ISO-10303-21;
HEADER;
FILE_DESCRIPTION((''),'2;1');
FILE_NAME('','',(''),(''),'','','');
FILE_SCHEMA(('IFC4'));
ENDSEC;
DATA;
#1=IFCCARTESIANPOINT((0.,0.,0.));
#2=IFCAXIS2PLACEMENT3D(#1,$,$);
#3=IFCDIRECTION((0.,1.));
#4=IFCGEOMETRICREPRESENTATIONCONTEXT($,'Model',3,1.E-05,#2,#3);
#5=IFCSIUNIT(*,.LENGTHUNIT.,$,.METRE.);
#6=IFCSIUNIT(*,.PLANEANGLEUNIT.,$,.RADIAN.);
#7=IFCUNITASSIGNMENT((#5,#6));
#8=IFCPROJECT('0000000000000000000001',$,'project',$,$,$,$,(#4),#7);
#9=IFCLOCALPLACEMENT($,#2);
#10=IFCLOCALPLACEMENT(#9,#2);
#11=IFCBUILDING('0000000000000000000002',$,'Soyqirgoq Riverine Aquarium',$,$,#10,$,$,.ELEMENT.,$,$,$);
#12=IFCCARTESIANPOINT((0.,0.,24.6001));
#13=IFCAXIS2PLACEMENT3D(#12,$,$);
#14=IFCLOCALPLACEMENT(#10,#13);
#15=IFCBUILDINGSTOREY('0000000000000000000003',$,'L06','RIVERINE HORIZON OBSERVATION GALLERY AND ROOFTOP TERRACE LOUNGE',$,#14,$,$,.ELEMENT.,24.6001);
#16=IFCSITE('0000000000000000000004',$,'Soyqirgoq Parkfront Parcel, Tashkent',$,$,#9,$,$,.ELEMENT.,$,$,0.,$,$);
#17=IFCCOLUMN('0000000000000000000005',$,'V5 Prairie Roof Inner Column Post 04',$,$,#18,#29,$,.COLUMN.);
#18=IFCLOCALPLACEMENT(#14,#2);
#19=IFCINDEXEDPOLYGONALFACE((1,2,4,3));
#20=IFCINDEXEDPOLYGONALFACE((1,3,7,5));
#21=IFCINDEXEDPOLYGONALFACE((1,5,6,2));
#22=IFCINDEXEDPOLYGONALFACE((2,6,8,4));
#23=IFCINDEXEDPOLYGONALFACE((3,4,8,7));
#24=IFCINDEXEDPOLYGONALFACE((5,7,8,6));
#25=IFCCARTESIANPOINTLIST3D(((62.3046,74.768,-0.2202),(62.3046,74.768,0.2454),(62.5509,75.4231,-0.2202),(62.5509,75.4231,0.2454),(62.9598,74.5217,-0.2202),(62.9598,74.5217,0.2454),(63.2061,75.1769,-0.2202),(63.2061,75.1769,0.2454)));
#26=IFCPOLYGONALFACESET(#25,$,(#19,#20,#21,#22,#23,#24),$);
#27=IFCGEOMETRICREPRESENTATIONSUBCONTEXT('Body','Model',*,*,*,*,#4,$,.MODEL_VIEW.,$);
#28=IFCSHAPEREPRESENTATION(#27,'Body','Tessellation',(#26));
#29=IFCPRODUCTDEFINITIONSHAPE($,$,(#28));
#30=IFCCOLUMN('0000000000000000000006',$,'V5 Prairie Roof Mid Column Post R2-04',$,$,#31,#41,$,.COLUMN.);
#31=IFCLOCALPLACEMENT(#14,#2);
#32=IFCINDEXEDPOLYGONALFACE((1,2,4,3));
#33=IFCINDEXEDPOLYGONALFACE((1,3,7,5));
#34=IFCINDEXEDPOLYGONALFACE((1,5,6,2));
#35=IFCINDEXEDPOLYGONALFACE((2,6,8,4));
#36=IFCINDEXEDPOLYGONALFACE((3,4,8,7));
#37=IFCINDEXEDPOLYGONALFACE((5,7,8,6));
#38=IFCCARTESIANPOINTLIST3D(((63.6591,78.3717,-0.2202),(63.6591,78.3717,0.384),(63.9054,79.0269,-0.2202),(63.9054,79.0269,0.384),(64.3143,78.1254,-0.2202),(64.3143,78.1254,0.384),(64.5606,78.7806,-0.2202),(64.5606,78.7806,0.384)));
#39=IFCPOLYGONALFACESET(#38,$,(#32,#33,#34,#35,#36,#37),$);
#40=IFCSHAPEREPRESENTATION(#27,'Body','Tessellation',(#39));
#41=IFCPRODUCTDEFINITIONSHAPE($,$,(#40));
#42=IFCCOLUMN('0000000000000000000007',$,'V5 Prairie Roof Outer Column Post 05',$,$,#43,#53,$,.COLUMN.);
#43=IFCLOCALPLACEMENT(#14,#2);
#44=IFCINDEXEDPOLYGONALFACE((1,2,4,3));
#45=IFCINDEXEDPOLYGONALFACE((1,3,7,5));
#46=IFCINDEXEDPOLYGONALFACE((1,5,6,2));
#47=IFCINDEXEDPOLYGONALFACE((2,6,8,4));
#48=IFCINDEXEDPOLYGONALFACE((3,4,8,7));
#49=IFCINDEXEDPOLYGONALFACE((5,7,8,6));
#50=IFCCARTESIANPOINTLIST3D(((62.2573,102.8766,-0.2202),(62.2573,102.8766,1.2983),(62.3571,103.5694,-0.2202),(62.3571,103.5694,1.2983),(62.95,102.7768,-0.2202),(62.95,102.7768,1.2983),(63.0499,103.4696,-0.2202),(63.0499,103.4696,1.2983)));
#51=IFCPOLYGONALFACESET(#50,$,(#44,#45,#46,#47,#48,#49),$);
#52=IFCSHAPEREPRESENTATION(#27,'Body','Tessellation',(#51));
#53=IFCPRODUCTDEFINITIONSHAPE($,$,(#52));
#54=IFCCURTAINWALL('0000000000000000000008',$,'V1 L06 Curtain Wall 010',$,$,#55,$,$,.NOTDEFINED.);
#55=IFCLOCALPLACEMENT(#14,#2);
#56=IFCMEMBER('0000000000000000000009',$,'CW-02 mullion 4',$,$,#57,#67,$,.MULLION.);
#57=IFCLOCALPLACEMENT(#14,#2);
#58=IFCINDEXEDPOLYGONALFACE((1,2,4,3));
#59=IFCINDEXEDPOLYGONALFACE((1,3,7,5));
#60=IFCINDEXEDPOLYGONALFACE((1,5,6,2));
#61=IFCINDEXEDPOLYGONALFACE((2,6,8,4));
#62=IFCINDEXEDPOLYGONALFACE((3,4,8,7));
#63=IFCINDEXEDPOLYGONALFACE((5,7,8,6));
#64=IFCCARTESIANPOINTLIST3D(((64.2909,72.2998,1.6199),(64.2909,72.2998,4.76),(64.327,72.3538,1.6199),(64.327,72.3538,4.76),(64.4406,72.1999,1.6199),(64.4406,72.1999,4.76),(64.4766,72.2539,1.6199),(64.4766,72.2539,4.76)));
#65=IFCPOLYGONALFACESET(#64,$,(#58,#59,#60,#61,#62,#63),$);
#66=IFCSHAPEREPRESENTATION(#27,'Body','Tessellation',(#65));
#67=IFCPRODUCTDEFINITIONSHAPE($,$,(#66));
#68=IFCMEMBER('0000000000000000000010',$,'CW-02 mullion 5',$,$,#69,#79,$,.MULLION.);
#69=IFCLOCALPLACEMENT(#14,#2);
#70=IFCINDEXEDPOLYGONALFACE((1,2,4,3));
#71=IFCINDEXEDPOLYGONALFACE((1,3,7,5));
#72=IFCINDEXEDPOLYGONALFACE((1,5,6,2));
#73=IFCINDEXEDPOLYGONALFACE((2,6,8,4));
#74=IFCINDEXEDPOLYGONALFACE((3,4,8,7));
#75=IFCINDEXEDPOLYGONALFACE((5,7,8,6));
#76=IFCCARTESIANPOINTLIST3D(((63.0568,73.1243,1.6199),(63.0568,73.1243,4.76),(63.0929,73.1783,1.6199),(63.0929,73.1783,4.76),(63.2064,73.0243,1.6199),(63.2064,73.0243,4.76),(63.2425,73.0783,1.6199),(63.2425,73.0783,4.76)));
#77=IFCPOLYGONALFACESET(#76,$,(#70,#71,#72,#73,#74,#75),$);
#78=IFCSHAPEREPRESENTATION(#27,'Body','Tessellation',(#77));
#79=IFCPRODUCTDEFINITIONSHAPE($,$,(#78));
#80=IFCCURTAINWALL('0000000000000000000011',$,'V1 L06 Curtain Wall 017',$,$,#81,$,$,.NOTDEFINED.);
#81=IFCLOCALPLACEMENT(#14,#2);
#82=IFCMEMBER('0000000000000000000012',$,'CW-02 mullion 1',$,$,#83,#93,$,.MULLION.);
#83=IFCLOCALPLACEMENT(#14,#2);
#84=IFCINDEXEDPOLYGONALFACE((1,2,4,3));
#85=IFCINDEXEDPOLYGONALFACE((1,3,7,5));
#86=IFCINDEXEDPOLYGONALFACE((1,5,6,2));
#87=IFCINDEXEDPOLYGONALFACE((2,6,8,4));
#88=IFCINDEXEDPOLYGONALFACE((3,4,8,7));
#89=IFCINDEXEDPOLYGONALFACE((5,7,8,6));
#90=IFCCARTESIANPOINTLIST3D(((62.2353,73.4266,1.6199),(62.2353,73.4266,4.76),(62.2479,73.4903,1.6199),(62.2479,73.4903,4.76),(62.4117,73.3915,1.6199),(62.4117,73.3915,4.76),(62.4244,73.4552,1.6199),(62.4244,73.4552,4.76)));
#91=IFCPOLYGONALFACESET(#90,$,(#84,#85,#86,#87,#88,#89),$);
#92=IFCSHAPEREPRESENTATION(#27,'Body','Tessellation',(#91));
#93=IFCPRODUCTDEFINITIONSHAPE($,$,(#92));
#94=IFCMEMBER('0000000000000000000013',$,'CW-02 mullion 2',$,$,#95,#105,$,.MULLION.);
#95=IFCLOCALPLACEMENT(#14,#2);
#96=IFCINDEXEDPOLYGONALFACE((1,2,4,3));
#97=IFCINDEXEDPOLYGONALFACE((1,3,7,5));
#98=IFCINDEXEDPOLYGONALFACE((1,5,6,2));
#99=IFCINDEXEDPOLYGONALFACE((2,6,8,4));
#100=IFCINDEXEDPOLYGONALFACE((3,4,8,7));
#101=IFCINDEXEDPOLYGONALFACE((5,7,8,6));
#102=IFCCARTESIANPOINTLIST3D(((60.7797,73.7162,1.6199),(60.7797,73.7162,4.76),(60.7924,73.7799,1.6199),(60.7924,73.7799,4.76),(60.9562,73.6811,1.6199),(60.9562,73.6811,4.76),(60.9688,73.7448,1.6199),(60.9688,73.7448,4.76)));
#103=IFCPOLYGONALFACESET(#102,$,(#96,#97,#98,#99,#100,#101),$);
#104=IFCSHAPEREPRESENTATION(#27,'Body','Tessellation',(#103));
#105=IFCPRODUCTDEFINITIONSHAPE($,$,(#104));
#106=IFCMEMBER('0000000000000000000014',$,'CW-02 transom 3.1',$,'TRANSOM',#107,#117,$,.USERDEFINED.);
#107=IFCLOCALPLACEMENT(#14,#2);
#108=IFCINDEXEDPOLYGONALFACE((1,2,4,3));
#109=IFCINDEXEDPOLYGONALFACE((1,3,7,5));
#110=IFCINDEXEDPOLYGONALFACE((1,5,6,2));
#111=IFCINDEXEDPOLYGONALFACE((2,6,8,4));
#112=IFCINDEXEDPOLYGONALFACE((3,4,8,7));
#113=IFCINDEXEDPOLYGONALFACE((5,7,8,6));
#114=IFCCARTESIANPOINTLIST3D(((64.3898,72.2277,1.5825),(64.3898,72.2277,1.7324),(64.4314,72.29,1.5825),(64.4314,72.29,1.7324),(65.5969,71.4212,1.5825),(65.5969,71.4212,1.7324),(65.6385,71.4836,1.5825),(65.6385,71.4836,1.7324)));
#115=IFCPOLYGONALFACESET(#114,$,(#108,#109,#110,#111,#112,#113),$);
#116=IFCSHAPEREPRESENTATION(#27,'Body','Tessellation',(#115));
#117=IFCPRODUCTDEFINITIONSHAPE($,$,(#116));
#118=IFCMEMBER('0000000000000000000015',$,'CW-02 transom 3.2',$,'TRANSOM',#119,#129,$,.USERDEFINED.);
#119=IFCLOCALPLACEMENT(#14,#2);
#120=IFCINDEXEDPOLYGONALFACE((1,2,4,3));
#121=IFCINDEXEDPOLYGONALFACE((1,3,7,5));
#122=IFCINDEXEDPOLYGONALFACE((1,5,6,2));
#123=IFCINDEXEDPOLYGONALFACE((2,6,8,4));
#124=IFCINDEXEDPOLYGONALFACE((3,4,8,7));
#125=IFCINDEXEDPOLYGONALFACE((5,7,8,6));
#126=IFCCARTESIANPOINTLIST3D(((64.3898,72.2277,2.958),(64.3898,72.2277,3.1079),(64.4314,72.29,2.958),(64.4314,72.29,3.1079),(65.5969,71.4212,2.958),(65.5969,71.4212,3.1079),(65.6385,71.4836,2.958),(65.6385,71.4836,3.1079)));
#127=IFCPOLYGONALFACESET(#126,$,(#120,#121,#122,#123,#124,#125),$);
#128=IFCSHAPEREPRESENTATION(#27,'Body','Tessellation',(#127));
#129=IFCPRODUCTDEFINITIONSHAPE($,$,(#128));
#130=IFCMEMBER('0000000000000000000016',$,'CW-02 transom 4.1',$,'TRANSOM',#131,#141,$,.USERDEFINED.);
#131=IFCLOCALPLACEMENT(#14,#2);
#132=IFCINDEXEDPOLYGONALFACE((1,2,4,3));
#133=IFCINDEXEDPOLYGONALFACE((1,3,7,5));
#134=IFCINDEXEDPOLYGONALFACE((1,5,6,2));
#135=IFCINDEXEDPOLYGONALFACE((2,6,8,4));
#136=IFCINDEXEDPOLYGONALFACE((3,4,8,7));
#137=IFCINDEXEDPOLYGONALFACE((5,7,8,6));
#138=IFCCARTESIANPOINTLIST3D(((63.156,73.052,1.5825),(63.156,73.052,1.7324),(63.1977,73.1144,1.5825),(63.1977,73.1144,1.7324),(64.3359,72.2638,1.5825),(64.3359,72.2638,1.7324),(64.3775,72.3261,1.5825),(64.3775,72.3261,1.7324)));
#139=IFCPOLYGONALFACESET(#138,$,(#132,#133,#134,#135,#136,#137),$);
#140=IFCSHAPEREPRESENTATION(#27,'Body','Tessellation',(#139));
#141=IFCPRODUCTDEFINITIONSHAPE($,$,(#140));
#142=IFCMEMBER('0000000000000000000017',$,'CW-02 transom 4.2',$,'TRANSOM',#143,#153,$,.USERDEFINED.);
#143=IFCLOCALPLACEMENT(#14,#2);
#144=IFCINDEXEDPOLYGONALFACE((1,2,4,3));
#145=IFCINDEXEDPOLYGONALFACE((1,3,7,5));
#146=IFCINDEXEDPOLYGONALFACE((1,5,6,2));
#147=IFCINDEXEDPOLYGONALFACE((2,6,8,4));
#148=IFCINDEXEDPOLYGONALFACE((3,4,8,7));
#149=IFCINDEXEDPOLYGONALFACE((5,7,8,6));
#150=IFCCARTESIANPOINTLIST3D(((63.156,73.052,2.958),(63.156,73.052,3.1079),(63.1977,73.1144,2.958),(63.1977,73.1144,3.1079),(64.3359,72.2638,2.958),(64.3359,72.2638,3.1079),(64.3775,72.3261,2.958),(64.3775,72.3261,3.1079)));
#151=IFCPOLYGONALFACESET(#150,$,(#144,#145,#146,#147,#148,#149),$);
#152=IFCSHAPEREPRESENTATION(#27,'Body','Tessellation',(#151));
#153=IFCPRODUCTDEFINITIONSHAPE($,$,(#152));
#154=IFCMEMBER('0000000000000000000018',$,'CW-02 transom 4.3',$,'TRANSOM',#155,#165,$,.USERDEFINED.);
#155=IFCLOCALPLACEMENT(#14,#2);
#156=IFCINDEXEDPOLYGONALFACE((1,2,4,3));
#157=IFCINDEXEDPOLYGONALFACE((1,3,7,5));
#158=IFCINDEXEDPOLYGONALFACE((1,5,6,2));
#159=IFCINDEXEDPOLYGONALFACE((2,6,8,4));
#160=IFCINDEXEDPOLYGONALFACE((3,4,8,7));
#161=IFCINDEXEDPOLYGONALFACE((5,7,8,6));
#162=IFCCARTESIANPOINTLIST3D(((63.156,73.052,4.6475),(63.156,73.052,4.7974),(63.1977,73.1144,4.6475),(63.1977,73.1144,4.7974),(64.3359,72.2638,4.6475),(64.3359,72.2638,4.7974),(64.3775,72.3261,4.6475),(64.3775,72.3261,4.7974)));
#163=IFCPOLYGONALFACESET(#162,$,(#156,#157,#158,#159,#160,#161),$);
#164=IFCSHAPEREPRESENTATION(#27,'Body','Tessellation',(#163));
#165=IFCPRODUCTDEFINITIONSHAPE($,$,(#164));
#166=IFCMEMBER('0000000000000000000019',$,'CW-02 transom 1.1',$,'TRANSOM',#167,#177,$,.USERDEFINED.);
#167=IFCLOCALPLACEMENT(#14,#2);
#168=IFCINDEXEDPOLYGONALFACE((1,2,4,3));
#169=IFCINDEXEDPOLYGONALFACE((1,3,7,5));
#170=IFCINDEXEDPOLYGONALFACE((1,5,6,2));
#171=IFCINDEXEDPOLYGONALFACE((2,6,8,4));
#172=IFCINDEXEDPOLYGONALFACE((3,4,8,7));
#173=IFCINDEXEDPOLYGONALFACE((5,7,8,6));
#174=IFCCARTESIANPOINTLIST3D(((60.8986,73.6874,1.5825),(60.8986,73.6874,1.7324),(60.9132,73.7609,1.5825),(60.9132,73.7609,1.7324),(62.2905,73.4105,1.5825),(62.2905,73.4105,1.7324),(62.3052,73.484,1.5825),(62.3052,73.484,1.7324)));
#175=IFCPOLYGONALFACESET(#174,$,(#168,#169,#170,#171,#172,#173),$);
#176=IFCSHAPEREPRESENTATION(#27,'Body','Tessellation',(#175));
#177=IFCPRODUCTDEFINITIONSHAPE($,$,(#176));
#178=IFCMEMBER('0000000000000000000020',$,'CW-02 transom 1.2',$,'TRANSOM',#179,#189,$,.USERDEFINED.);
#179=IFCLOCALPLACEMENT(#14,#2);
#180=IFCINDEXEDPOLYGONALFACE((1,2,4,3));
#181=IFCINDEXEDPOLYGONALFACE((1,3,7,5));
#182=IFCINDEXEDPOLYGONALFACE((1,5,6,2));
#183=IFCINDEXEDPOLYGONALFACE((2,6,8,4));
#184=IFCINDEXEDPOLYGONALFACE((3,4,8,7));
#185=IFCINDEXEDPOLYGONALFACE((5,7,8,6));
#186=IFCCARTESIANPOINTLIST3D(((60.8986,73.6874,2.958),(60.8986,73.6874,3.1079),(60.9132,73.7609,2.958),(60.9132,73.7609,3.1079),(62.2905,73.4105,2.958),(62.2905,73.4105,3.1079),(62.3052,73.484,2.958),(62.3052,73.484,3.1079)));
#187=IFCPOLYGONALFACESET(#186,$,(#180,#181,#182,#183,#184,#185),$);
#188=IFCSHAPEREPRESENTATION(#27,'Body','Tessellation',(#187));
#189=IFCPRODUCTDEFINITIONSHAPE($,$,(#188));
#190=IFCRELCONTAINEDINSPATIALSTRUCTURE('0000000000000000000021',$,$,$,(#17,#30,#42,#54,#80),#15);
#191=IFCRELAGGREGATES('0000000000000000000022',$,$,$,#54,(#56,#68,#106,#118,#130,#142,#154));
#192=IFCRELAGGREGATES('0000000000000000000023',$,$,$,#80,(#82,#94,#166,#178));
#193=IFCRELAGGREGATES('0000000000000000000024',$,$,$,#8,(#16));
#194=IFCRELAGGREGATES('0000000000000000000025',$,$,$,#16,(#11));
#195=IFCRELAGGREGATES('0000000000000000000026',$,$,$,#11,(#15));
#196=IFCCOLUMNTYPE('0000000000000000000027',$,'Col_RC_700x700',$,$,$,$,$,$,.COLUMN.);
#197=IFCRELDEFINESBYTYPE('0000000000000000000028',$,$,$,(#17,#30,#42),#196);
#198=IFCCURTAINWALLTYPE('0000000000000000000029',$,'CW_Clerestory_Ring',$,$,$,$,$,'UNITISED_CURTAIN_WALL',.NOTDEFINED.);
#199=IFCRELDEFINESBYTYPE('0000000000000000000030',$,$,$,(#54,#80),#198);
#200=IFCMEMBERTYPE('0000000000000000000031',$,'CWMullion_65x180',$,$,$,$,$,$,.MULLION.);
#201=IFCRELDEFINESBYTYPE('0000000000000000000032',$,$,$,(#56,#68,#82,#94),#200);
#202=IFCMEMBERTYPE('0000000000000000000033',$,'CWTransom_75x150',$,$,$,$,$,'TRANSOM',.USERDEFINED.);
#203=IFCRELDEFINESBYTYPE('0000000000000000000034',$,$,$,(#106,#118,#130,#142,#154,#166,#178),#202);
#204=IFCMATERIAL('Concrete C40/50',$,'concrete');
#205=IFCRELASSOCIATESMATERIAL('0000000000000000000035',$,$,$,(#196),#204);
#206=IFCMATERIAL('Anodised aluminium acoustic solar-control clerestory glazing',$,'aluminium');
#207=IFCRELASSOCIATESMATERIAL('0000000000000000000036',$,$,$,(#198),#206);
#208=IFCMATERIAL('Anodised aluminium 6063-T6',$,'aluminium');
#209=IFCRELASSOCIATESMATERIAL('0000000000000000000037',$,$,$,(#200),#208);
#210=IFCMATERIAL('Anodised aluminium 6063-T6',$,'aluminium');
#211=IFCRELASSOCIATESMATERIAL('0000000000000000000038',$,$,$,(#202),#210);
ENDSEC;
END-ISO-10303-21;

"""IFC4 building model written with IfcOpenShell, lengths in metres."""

from ifc_helpers import new_model, si_unit, direction, frame, origin, origin_2d, place, context, subcontext, project, spatial, rectangle, extrude, material, material_profile, profile_set, type_object, element, aggregate, save


model = new_model("IFC4")

# Units and contexts
model_context = context("Model", 3, precision=1e-05, world=origin(), true_north=direction((0.0, 1.0)))
body_context = subcontext(model_context, "Body", "Model", "MODEL_VIEW")
ifc_project = project(units=[si_unit("LENGTHUNIT", "METRE"), si_unit("PLANEANGLEUNIT", "RADIAN")], contexts=[model_context])

# Site, building, storey
site_placement = place(None, origin())
site = spatial("IfcSite", under=ifc_project, at=site_placement, Name="Soyqirgoq Parkfront Parcel, Tashkent", CompositionType="ELEMENT", RefElevation=0.0)
building_placement = place(site_placement, origin())
building = spatial("IfcBuilding", under=site, at=building_placement, Name="Soyqirgoq Riverine Aquarium", CompositionType="ELEMENT")
storey_placement = place(building_placement, frame((0.0, 0.0, 24.6001)))
storey = spatial("IfcBuildingStorey", under=building, at=storey_placement, Name="L06", Description="RIVERINE HORIZON OBSERVATION GALLERY AND ROOFTOP TERRACE LOUNGE", CompositionType="ELEMENT", Elevation=24.6001)

# Columns
ifc_material_1 = material(Name="Concrete C40/50", Category="concrete")
ifc_material_profile_1 = material_profile(ifc_material_1, rectangle(XDim=0.7, YDim=0.7, at=origin_2d()), Name="RC 700x700")
ifc_profile_set_1 = profile_set([ifc_material_profile_1], Name="Concrete C40/50")
column_type_1 = type_object("IfcColumnType", Name="Col_RC_700x700", PredefinedType="COLUMN", material=ifc_profile_set_1)
column_1_placement = place(storey_placement, frame((62.7554, 74.9724, -0.2202), z_axis=(0.0, 0.0, 1.0), x_axis=(0.351842, 0.93606, 0.0)))
element("IfcColumn", 1, at=column_1_placement, inside=storey, type_object=column_type_1, Name="V5 Prairie Roof Inner Column Post 04", PredefinedType="COLUMN", context=body_context, shape_type="SweptSolid", body=[
    extrude(rectangle(XDim=0.7, YDim=0.7, at=origin_2d()), origin(), (0.0, 0.0, 1.0), 0.4656),
])
column_2_placement = place(storey_placement, frame((64.1099, 78.5762, -0.2202), z_axis=(0.0, 0.0, 1.0), x_axis=(0.351842, 0.93606, 0.0)))
element("IfcColumn", 2, at=column_2_placement, inside=storey, type_object=column_type_1, Name="V5 Prairie Roof Mid Column Post R2-04", PredefinedType="COLUMN", context=body_context, shape_type="SweptSolid", body=[
    extrude(rectangle(XDim=0.7, YDim=0.7, at=origin_2d()), origin(), (0.0, 0.0, 1.0), 0.6042),
])
column_3_placement = place(storey_placement, frame((62.6536, 103.1731, -0.2202), z_axis=(0.0, 0.0, 1.0), x_axis=(0.142629, 0.989776, 0.0)))
element("IfcColumn", 3, at=column_3_placement, inside=storey, type_object=column_type_1, Name="V5 Prairie Roof Outer Column Post 05", PredefinedType="COLUMN", context=body_context, shape_type="SweptSolid", body=[
    extrude(rectangle(XDim=0.7, YDim=0.7, at=origin_2d()), origin(), (0.0, 0.0, 1.0), 1.5186),
])

# Curtain walls, members
ifc_material_2 = material(Name="Anodised aluminium acoustic solar-control clerestory glazing", Category="aluminium")
curtain_wall_type = type_object("IfcCurtainWallType", Name="CW_Clerestory_Ring", ElementType="UNITISED_CURTAIN_WALL", PredefinedType="NOTDEFINED", material=ifc_material_2)
curtain_wall_1_placement = place(storey_placement, origin())
curtain_wall_1 = element("IfcCurtainWall", 4, at=curtain_wall_1_placement, inside=storey, type_object=curtain_wall_type, Name="V1 L06 Curtain Wall 010", PredefinedType="NOTDEFINED")
ifc_material_3 = material(Name="Anodised aluminium 6063-T6", Category="aluminium")
ifc_material_profile_2 = material_profile(ifc_material_3, rectangle(XDim=0.0649, YDim=0.1799, at=origin_2d()), Name="ALU-M 65x180")
ifc_profile_set_2 = profile_set([ifc_material_profile_2], Name="Anodised aluminium 6063-T6")
member_type_1 = type_object("IfcMemberType", Name="CWMullion_65x180", PredefinedType="MULLION", material=ifc_profile_set_2)
member_1_placement = place(storey_placement, frame((64.3838, 72.2769, 1.6199), z_axis=(0.0, 0.0, 1.0), x_axis=(-0.555579, -0.831464, 0.0)))
member_1 = element("IfcMember", 5, at=member_1_placement, type_object=member_type_1, Name="CW-02 mullion 4", PredefinedType="MULLION", context=body_context, shape_type="SweptSolid", body=[
    extrude(rectangle(XDim=0.0649, YDim=0.1799, at=origin_2d()), origin(), (0.0, 0.0, 1.0), 3.1401),
])
member_2_placement = place(storey_placement, frame((63.1497, 73.1013, 1.6199), z_axis=(0.0, 0.0, 1.0), x_axis=(-0.555579, -0.831464, 0.0)))
member_2 = element("IfcMember", 6, at=member_2_placement, type_object=member_type_1, Name="CW-02 mullion 5", PredefinedType="MULLION", context=body_context, shape_type="SweptSolid", body=[
    extrude(rectangle(XDim=0.0649, YDim=0.1799, at=origin_2d()), origin(), (0.0, 0.0, 1.0), 3.1401),
])
curtain_wall_2_placement = place(storey_placement, origin())
curtain_wall_2 = element("IfcCurtainWall", 7, at=curtain_wall_2_placement, inside=storey, type_object=curtain_wall_type, Name="V1 L06 Curtain Wall 017", PredefinedType="NOTDEFINED")
member_3_placement = place(storey_placement, frame((62.3298, 73.4409, 1.6199), z_axis=(0.0, 0.0, 1.0), x_axis=(-0.195095, -0.980784, 0.0)))
member_3 = element("IfcMember", 8, at=member_3_placement, type_object=member_type_1, Name="CW-02 mullion 1", PredefinedType="MULLION", context=body_context, shape_type="SweptSolid", body=[
    extrude(rectangle(XDim=0.0649, YDim=0.1799, at=origin_2d()), origin(), (0.0, 0.0, 1.0), 3.1401),
])
member_4_placement = place(storey_placement, frame((60.8743, 73.7305, 1.6199), z_axis=(0.0, 0.0, 1.0), x_axis=(-0.195095, -0.980784, 0.0)))
member_4 = element("IfcMember", 9, at=member_4_placement, type_object=member_type_1, Name="CW-02 mullion 2", PredefinedType="MULLION", context=body_context, shape_type="SweptSolid", body=[
    extrude(rectangle(XDim=0.0649, YDim=0.1799, at=origin_2d()), origin(), (0.0, 0.0, 1.0), 3.1401),
])

# Members
ifc_material_4 = material(Name="Anodised aluminium 6063-T6", Category="aluminium")
ifc_material_profile_3 = material_profile(ifc_material_4, rectangle(XDim=0.075, YDim=0.1499, at=origin_2d()), Name="ALU-T 75x150")
ifc_profile_set_3 = profile_set([ifc_material_profile_3], Name="Anodised aluminium 6063-T6")
member_type_2 = type_object("IfcMemberType", Name="CWTransom_75x150", ElementType="TRANSOM", PredefinedType="USERDEFINED", material=ifc_profile_set_3)
member_5_placement = place(storey_placement, frame((65.6177, 71.4524, 1.6575), z_axis=(-0.831507, 0.555515, 0.0), x_axis=(-0.555515, -0.831507, 0.0)))
member_5 = element("IfcMember", 10, at=member_5_placement, type_object=member_type_2, Name="CW-02 transom 3.1", ObjectType="TRANSOM", PredefinedType="USERDEFINED", context=body_context, shape_type="SweptSolid", body=[
    extrude(rectangle(XDim=0.075, YDim=0.1499, at=origin_2d()), origin(), (0.0, 0.0, 1.0), 1.4517),
])
member_6_placement = place(storey_placement, frame((65.6177, 71.4524, 3.033), z_axis=(-0.831507, 0.555515, 0.0), x_axis=(-0.555515, -0.831507, 0.0)))
member_6 = element("IfcMember", 11, at=member_6_placement, type_object=member_type_2, Name="CW-02 transom 3.2", ObjectType="TRANSOM", PredefinedType="USERDEFINED", context=body_context, shape_type="SweptSolid", body=[
    extrude(rectangle(XDim=0.075, YDim=0.1499, at=origin_2d()), origin(), (0.0, 0.0, 1.0), 1.4517),
])
member_7_placement = place(storey_placement, frame((64.3567, 72.2949, 1.6575), z_axis=(-0.831494, 0.555534, 0.0), x_axis=(-0.555534, -0.831494, 0.0)))
member_7 = element("IfcMember", 12, at=member_7_placement, type_object=member_type_2, Name="CW-02 transom 4.1", ObjectType="TRANSOM", PredefinedType="USERDEFINED", context=body_context, shape_type="SweptSolid", body=[
    extrude(rectangle(XDim=0.075, YDim=0.1499, at=origin_2d()), origin(), (0.0, 0.0, 1.0), 1.4189),
])
member_8_placement = place(storey_placement, frame((64.3567, 72.2949, 3.033), z_axis=(-0.831494, 0.555534, 0.0), x_axis=(-0.555534, -0.831494, 0.0)))
member_8 = element("IfcMember", 13, at=member_8_placement, type_object=member_type_2, Name="CW-02 transom 4.2", ObjectType="TRANSOM", PredefinedType="USERDEFINED", context=body_context, shape_type="SweptSolid", body=[
    extrude(rectangle(XDim=0.075, YDim=0.1499, at=origin_2d()), origin(), (0.0, 0.0, 1.0), 1.4189),
])
member_9_placement = place(storey_placement, frame((64.3567, 72.2949, 4.7224), z_axis=(-0.831494, 0.555534, 0.0), x_axis=(-0.555534, -0.831494, 0.0)))
member_9 = element("IfcMember", 14, at=member_9_placement, type_object=member_type_2, Name="CW-02 transom 4.3", ObjectType="TRANSOM", PredefinedType="USERDEFINED", context=body_context, shape_type="SweptSolid", body=[
    extrude(rectangle(XDim=0.075, YDim=0.1499, at=origin_2d()), origin(), (0.0, 0.0, 1.0), 1.4189),
])
member_10_placement = place(storey_placement, frame((62.2979, 73.4473, 1.6575), z_axis=(-0.980785, 0.19509, 0.0), x_axis=(-0.19509, -0.980785, 0.0)))
member_10 = element("IfcMember", 15, at=member_10_placement, type_object=member_type_2, Name="CW-02 transom 1.1", ObjectType="TRANSOM", PredefinedType="USERDEFINED", context=body_context, shape_type="SweptSolid", body=[
    extrude(rectangle(XDim=0.075, YDim=0.1499, at=origin_2d()), origin(), (0.0, 0.0, 1.0), 1.4192),
])
member_11_placement = place(storey_placement, frame((62.2979, 73.4473, 3.033), z_axis=(-0.980785, 0.19509, 0.0), x_axis=(-0.19509, -0.980785, 0.0)))
member_11 = element("IfcMember", 16, at=member_11_placement, type_object=member_type_2, Name="CW-02 transom 1.2", ObjectType="TRANSOM", PredefinedType="USERDEFINED", context=body_context, shape_type="SweptSolid", body=[
    extrude(rectangle(XDim=0.075, YDim=0.1499, at=origin_2d()), origin(), (0.0, 0.0, 1.0), 1.4192),
])

aggregate(curtain_wall_1, [member_1, member_2, member_5, member_6, member_7, member_8, member_9])
aggregate(curtain_wall_2, [member_3, member_4, member_10, member_11])

save(model, "model.ifc")
